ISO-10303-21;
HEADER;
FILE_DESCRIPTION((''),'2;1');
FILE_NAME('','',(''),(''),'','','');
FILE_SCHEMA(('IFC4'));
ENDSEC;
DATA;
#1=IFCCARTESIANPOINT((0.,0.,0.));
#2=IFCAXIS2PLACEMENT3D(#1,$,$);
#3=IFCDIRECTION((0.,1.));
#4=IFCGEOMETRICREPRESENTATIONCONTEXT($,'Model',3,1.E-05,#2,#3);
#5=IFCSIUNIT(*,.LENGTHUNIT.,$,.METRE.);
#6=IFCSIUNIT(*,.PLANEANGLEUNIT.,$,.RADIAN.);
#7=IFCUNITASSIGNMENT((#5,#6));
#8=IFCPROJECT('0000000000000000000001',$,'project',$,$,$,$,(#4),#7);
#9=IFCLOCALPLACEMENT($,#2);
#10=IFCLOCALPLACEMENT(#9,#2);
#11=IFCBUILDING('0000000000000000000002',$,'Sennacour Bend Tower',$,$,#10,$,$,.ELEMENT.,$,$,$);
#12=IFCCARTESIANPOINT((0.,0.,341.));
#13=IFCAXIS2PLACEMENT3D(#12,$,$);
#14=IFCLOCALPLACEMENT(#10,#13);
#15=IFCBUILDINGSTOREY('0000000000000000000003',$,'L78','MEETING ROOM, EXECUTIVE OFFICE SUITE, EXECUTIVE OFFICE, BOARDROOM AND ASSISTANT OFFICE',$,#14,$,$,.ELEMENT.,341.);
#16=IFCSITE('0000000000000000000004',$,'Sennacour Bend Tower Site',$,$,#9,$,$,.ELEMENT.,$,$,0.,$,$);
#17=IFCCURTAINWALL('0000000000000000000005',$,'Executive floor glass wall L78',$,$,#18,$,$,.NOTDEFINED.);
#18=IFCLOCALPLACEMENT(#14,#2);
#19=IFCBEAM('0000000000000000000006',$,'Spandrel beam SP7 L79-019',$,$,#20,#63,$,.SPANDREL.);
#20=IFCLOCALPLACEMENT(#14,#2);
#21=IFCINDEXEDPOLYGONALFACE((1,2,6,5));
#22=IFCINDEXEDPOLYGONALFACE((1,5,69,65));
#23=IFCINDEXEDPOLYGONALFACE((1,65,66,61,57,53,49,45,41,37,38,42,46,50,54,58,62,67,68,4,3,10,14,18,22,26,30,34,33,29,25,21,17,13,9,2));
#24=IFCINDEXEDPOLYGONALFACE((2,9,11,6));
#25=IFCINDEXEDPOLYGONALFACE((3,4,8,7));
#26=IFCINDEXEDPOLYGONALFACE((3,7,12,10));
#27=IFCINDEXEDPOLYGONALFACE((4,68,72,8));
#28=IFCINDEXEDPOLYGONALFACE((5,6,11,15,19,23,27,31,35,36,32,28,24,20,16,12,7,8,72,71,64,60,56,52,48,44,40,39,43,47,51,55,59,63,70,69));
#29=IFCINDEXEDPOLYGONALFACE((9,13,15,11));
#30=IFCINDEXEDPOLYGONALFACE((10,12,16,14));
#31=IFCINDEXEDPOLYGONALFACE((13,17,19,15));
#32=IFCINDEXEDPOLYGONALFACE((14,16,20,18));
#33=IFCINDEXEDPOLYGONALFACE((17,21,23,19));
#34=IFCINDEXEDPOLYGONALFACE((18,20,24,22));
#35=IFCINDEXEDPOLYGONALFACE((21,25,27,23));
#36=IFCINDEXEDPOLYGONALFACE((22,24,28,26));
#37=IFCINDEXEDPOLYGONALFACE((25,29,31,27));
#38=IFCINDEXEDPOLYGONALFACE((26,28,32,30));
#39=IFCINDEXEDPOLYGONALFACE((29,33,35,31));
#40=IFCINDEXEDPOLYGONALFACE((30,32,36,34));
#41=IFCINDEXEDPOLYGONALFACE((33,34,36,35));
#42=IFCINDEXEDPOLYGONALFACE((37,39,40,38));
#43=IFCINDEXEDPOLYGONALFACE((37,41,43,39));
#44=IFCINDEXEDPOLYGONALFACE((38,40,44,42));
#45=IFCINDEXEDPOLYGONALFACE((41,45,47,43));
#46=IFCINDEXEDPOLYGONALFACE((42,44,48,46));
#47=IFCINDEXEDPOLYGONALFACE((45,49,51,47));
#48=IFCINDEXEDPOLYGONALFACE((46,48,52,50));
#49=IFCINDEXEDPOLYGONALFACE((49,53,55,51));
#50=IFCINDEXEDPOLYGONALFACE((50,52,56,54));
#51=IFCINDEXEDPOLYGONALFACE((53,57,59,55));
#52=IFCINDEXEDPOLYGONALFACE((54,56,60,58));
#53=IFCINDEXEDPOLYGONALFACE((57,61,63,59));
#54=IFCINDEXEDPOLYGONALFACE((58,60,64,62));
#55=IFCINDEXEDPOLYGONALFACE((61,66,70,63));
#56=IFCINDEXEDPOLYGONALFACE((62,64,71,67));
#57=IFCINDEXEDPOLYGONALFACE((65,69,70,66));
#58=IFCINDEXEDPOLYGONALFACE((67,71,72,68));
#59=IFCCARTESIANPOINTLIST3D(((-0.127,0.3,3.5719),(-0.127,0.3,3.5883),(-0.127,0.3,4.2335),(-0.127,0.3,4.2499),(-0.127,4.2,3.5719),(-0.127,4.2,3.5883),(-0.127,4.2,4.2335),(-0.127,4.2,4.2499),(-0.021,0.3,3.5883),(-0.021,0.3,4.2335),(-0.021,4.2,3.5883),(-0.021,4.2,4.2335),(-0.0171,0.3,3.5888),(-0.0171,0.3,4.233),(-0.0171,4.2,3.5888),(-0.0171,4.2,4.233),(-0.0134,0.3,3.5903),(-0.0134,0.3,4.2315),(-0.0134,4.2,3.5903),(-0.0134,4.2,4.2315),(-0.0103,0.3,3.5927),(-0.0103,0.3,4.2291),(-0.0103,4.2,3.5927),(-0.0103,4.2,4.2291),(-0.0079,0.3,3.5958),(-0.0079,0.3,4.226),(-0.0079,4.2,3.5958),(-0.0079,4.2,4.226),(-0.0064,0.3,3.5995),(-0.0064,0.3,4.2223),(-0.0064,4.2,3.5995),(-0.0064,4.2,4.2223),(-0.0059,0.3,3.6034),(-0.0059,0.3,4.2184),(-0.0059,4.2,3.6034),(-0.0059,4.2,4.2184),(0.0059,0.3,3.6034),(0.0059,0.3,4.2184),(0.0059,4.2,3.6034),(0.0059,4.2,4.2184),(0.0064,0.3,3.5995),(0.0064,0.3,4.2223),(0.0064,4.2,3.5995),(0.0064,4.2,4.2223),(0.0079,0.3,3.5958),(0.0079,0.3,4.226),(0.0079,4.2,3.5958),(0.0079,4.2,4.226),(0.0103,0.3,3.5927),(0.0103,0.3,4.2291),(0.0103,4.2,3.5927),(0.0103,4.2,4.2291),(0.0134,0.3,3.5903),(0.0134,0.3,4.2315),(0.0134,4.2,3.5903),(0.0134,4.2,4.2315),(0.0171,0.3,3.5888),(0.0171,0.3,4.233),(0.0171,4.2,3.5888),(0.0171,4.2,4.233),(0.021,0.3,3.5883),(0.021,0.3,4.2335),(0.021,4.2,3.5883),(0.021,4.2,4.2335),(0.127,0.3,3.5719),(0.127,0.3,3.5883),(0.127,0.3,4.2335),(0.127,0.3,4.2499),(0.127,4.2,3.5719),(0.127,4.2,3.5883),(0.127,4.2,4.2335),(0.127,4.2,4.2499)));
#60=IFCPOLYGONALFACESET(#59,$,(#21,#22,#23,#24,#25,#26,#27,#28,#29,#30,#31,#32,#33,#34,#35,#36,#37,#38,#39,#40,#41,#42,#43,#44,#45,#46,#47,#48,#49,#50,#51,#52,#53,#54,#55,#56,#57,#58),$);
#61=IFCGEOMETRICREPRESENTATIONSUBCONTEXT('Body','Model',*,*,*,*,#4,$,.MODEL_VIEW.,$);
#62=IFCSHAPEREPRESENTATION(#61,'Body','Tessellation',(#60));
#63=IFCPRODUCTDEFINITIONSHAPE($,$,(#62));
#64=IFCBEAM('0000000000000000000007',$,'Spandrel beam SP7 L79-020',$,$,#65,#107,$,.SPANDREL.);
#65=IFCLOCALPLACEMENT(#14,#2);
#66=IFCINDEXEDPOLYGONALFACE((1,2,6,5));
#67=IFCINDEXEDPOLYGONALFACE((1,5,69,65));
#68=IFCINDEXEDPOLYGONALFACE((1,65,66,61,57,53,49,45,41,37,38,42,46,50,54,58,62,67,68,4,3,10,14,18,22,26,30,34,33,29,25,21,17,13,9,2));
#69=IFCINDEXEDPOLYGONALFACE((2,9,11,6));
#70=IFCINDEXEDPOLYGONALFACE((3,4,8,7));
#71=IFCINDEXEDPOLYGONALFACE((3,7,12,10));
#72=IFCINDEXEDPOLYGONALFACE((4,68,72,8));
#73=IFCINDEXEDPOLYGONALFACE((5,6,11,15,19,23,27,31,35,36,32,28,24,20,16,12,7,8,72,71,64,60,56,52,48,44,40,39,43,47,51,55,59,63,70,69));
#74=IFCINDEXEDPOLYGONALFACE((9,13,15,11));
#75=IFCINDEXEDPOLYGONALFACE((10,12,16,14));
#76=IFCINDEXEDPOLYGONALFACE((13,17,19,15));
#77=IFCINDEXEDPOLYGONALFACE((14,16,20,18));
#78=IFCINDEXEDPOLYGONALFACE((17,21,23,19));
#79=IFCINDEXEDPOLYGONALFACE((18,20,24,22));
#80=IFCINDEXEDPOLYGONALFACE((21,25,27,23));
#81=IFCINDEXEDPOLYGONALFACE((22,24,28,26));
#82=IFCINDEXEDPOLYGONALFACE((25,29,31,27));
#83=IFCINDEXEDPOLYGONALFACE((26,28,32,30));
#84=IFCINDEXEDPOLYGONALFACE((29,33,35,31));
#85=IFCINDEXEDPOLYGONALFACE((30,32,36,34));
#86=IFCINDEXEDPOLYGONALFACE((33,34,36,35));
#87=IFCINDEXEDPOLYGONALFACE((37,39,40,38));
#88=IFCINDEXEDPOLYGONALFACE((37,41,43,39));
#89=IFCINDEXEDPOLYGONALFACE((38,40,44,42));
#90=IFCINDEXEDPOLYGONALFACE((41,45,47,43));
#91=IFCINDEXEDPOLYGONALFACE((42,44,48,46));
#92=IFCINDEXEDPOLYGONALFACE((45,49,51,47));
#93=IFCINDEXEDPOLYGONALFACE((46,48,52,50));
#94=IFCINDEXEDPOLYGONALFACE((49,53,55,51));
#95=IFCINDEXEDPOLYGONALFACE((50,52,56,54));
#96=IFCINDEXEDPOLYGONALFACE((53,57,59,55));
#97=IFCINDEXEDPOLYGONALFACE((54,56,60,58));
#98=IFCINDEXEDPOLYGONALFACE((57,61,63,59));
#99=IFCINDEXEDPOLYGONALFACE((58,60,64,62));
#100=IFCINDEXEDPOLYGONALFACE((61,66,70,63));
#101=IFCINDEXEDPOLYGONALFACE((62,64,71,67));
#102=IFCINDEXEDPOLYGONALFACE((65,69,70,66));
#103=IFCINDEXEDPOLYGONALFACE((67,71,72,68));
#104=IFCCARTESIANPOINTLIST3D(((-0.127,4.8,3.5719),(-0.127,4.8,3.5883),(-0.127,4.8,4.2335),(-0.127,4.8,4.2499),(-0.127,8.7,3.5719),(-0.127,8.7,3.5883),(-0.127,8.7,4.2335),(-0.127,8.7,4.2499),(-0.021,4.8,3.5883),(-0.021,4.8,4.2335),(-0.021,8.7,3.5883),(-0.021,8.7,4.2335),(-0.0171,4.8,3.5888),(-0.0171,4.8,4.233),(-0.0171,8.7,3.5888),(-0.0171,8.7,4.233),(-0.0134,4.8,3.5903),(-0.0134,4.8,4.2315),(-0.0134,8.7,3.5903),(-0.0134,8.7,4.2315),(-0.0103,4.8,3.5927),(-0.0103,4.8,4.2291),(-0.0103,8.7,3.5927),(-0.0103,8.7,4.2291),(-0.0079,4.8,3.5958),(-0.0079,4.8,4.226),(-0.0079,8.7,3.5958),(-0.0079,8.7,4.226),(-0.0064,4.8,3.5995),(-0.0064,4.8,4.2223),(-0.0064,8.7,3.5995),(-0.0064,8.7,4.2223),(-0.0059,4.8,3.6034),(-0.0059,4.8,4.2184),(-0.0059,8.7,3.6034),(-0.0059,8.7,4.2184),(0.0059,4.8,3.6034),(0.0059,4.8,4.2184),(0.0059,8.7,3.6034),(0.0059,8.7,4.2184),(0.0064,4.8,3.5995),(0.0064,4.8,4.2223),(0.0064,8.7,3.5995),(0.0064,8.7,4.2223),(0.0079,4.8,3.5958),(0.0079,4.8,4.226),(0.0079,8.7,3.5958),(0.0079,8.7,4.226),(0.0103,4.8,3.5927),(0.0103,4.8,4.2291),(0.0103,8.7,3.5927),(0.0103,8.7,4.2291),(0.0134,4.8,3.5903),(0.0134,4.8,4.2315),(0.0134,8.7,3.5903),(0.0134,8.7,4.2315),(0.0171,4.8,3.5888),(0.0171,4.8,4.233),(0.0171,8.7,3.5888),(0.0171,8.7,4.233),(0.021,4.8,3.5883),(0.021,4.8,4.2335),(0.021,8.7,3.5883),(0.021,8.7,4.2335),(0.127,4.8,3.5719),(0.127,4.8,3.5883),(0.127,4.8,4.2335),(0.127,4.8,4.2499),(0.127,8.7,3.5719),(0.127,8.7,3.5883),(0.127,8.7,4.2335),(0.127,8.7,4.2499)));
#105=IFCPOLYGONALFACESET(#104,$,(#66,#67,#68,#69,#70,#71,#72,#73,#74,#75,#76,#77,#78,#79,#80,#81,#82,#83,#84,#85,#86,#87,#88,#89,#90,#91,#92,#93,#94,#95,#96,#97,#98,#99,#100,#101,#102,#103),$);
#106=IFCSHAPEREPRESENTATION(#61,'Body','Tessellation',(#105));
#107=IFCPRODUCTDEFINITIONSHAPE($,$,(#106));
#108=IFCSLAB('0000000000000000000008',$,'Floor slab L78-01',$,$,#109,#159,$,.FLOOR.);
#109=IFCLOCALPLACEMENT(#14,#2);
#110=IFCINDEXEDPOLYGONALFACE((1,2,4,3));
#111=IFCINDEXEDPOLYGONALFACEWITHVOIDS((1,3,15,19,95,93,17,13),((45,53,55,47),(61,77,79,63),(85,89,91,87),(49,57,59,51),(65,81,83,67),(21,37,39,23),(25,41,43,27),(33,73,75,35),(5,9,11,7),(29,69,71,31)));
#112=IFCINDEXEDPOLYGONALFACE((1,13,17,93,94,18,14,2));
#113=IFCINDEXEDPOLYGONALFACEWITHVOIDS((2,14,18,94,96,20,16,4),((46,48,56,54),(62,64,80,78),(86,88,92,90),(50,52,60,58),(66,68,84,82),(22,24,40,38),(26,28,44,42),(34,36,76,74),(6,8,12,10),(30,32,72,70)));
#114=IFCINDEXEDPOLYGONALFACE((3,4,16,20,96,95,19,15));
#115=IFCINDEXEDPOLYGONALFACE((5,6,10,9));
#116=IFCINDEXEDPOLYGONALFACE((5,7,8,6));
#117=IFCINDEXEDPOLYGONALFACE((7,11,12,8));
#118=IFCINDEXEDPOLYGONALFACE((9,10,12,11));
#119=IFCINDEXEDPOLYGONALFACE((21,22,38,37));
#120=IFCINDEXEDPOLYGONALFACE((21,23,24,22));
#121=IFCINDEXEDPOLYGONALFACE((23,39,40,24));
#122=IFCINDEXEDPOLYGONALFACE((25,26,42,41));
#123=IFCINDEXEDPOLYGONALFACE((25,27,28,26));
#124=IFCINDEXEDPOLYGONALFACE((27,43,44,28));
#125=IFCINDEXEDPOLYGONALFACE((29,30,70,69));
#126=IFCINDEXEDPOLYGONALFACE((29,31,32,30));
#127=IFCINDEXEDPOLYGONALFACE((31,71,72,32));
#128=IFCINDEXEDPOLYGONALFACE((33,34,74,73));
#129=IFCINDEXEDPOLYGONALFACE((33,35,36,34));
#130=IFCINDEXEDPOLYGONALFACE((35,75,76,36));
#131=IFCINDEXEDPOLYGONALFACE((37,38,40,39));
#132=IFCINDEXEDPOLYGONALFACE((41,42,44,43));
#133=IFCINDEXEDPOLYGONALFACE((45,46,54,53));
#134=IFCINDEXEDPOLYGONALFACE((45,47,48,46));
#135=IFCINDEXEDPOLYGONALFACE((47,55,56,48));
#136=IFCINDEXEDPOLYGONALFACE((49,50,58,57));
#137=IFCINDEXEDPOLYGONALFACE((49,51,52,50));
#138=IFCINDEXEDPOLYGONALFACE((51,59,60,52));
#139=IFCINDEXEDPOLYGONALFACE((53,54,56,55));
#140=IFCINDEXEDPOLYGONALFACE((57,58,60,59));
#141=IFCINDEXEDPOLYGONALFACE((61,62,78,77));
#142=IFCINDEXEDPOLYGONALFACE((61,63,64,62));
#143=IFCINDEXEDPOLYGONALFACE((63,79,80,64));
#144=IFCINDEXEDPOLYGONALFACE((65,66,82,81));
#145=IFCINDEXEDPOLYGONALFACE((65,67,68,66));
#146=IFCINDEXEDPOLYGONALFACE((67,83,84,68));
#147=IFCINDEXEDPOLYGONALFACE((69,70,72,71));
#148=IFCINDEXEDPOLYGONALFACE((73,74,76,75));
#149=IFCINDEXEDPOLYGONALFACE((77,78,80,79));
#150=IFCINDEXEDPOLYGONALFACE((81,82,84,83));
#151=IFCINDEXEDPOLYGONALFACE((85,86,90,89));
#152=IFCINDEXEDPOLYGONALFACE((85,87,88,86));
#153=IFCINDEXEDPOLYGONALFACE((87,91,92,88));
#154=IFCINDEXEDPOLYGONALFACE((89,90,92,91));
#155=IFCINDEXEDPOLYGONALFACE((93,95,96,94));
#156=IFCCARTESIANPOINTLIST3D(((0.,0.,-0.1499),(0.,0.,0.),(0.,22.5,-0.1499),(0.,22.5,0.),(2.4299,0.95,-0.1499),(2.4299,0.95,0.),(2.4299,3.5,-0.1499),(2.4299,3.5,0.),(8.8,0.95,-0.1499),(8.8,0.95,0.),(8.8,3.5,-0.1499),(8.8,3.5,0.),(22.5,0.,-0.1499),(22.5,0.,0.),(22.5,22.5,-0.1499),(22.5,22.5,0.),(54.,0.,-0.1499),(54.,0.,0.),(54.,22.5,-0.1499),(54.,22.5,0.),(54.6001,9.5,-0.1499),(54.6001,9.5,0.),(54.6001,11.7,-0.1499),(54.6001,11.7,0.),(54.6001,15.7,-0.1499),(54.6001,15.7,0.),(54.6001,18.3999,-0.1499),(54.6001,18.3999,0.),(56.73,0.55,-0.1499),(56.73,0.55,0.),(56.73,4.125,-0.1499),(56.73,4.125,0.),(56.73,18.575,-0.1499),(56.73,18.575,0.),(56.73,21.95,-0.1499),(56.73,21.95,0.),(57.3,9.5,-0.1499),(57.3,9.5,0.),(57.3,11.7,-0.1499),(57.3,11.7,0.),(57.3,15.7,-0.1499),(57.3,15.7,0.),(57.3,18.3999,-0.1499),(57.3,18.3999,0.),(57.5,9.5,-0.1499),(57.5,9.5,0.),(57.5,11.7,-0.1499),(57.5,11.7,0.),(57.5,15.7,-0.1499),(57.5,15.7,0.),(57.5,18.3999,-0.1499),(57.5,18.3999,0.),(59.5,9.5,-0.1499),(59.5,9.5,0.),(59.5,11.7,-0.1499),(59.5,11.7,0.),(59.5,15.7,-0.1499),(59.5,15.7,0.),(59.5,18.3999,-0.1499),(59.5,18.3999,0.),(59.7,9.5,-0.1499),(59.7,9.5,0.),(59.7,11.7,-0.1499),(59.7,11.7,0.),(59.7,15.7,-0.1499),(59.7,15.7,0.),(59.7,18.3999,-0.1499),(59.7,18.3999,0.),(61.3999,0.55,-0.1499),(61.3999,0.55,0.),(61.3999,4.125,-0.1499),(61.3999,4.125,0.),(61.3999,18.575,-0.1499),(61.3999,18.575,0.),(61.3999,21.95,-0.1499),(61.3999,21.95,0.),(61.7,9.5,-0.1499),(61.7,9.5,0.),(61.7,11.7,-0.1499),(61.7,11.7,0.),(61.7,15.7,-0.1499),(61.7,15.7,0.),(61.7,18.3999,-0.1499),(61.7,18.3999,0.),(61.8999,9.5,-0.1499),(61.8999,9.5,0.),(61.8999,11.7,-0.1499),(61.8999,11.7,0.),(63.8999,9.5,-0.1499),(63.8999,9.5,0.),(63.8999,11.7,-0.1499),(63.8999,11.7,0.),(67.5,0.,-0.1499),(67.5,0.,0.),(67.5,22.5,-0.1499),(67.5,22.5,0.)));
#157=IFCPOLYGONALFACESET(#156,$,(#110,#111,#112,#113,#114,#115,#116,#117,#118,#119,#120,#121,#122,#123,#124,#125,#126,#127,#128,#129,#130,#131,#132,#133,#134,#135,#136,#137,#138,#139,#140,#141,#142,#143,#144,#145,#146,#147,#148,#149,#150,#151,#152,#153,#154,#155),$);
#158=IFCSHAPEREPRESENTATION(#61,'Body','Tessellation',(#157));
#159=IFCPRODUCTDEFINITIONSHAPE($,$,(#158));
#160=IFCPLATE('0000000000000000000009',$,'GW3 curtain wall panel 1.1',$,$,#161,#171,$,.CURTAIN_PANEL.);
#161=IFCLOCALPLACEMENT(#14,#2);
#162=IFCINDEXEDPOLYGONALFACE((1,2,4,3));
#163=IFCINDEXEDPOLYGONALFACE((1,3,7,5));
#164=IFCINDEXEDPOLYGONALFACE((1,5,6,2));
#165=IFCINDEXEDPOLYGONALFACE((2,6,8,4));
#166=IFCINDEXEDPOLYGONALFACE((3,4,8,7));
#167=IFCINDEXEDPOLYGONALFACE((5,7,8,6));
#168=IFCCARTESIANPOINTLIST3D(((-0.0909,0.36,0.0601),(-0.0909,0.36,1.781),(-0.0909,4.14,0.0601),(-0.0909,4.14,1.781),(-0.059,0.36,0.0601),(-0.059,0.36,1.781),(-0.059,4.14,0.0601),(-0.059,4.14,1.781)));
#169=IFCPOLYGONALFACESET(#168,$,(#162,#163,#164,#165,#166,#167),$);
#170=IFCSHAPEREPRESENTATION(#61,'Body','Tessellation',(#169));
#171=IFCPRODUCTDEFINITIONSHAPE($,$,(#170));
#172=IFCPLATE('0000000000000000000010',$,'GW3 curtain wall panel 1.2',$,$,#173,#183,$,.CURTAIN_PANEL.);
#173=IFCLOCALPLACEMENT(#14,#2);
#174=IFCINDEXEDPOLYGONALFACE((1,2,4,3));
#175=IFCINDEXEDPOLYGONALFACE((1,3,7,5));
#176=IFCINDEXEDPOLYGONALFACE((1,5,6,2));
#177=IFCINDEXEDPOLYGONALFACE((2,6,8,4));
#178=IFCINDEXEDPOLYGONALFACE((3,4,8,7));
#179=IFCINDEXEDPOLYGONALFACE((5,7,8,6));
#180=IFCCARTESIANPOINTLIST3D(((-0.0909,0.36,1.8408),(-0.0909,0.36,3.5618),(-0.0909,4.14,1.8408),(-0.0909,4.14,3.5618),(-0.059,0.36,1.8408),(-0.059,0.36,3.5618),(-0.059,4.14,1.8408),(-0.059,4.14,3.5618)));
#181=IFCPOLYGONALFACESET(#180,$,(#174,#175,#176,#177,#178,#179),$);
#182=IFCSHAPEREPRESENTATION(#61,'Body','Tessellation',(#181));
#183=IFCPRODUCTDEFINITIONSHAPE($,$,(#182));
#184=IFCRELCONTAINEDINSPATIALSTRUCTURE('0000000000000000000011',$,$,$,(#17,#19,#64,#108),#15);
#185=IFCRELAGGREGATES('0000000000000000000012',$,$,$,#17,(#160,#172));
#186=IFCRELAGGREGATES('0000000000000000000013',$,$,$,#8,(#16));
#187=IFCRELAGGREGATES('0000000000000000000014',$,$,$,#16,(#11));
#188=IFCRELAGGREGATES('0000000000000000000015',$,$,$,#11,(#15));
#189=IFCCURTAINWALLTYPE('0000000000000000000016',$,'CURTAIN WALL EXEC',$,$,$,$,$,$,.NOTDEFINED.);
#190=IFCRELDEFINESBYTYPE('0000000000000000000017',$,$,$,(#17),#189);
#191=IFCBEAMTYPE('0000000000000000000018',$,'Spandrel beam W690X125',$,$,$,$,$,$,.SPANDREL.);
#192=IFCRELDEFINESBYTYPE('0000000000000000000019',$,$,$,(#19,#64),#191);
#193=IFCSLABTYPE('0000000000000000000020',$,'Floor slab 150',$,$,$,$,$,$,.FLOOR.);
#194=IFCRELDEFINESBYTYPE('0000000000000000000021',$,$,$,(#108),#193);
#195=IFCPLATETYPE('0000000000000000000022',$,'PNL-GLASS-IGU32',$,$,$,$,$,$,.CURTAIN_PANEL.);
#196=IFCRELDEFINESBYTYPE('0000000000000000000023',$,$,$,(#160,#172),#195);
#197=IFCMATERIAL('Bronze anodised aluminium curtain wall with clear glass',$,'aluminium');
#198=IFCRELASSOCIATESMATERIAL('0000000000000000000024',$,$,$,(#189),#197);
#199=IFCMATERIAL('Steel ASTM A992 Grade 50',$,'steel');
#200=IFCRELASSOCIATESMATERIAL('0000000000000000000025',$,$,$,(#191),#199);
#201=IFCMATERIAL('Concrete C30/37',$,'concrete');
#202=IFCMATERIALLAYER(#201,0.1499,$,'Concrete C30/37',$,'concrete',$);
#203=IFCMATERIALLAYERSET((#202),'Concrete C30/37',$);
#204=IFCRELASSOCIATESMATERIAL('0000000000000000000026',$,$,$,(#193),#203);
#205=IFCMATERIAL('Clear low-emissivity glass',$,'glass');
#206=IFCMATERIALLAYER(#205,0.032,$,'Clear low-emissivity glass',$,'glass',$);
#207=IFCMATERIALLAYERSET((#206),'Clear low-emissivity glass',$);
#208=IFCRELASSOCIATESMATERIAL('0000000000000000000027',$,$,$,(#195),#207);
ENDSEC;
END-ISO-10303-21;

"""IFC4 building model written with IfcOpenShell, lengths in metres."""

from ifc_helpers import new_model, si_unit, direction, frame, origin, origin_2d, place, context, subcontext, project, spatial, polyline, rectangle, i_section, outline, extrude, material, layer, layer_set, material_profile, profile_set, type_object, element, aggregate, save


model = new_model("IFC4")

# Units and contexts
model_context = context("Model", 3, precision=1e-05, world=origin(), true_north=direction((0.0, 1.0)))
body_context = subcontext(model_context, "Body", "Model", "MODEL_VIEW")
ifc_project = project(units=[si_unit("LENGTHUNIT", "METRE"), si_unit("PLANEANGLEUNIT", "RADIAN")], contexts=[model_context])

# Site, building, storey
site_placement = place(None, origin())
site = spatial("IfcSite", under=ifc_project, at=site_placement, Name="Sennacour Bend Tower Site", CompositionType="ELEMENT", RefElevation=0.0)
building_placement = place(site_placement, origin())
building = spatial("IfcBuilding", under=site, at=building_placement, Name="Sennacour Bend Tower", CompositionType="ELEMENT")
storey_placement = place(building_placement, frame((0.0, 0.0, 341.0)))
storey = spatial("IfcBuildingStorey", under=building, at=storey_placement, Name="L78", Description="MEETING ROOM, EXECUTIVE OFFICE SUITE, EXECUTIVE OFFICE, BOARDROOM AND ASSISTANT OFFICE", CompositionType="ELEMENT", Elevation=341.0)

# Shared definitions
ifc_material_1 = material(Name="Bronze anodised aluminium curtain wall with clear glass", Category="aluminium")
curtain_wall_type = type_object("IfcCurtainWallType", Name="CURTAIN WALL EXEC", PredefinedType="NOTDEFINED", material=ifc_material_1)

# Curtain wall
curtain_wall_1_placement = place(storey_placement, origin())
curtain_wall_1 = element("IfcCurtainWall", 1, at=curtain_wall_1_placement, inside=storey, type_object=curtain_wall_type, Name="Executive floor glass wall L78", PredefinedType="NOTDEFINED")

# Beams
ifc_material_2 = material(Name="Steel ASTM A992 Grade 50", Category="steel")
ifc_material_profile_1 = material_profile(ifc_material_2, i_section(OverallWidth=0.2539, OverallDepth=0.678, WebThickness=0.0117, FlangeThickness=0.0164, FilletRadius=0.0151, at=origin_2d()), Name="Steel ASTM A992 Grade 50", Category="steel")
ifc_profile_set_1 = profile_set([ifc_material_profile_1], Name="Steel ASTM A992 Grade 50")
beam_type = type_object("IfcBeamType", Name="Spandrel beam W690X125", PredefinedType="SPANDREL", material=ifc_profile_set_1)
for number, where, z_axis, x_axis, name in (
    (2, (0.0, 0.3, 3.9109), (0.0, 1.0, 0.0), (-1.0, 0.0, 0.0), "Spandrel beam SP7 L79-019"),
    (3, (0.0, 4.8, 3.9109), (0.0, 1.0, 0.0), (-1.0, 0.0, 0.0), "Spandrel beam SP7 L79-020"),
):
    element("IfcBeam", number, at=place(storey_placement, frame(where, z_axis=z_axis, x_axis=x_axis)), inside=storey, type_object=beam_type, Name=name, PredefinedType="SPANDREL", context=body_context, shape_type="SweptSolid", body=[
        extrude(i_section(OverallWidth=0.2539, OverallDepth=0.678, WebThickness=0.0117, FlangeThickness=0.0164, FilletRadius=0.0151, at=origin_2d()), origin(), (0.0, 0.0, 1.0), 3.8999),
    ])

# Slab
ifc_material_3 = material(Name="Concrete C30/37", Category="concrete")
ifc_layer_1 = layer(ifc_material_3, 0.1499, Name="Concrete C30/37", Category="concrete")
ifc_layer_set_1 = layer_set([ifc_layer_1], Name="Concrete C30/37")
slab_type_1 = type_object("IfcSlabType", Name="Floor slab 150", PredefinedType="FLOOR", material=ifc_layer_set_1)
slab_1_placement = place(storey_placement, frame((0.0, 0.0, -0.1499)))
element("IfcSlab", 4, at=slab_1_placement, inside=storey, type_object=slab_type_1, Name="Floor slab L78-01", PredefinedType="FLOOR", context=body_context, shape_type="SweptSolid", body=[
    extrude(outline(polyline([(0.0, 22.5), (22.5, 22.5), (54.0, 22.5), (67.5, 22.5), (67.5, 0.0), (54.0, 0.0), (22.5, 0.0), (0.0, 0.0), (0.0, 22.5)]), holes=[polyline([(8.8, 3.5), (2.4299, 3.5), (2.4299, 0.95), (8.8, 0.95), (8.8, 3.5)]), polyline([(61.3999, 4.125), (56.73, 4.125), (56.73, 0.55), (61.3999, 0.55), (61.3999, 4.125)]), polyline([(57.3, 11.7), (54.6001, 11.7), (54.6001, 9.5), (57.3, 9.5), (57.3, 11.7)]), polyline([(59.5, 9.5), (59.5, 11.7), (57.5, 11.7), (57.5, 9.5), (59.5, 9.5)]), polyline([(61.7, 9.5), (61.7, 11.7), (59.7, 11.7), (59.7, 9.5), (61.7, 9.5)]), polyline([(63.8999, 11.7), (61.8999, 11.7), (61.8999, 9.5), (63.8999, 9.5), (63.8999, 11.7)]), polyline([(57.3, 18.3999), (54.6001, 18.3999), (54.6001, 15.7), (57.3, 15.7), (57.3, 18.3999)]), polyline([(59.5, 18.3999), (57.5, 18.3999), (57.5, 15.7), (59.5, 15.7), (59.5, 18.3999)]), polyline([(61.7, 15.7), (61.7, 18.3999), (59.7, 18.3999), (59.7, 15.7), (61.7, 15.7)]), polyline([(61.3999, 18.575), (61.3999, 21.95), (56.73, 21.95), (56.73, 18.575), (61.3999, 18.575)])]), origin(), (0.0, 0.0, 1.0), 0.1499),
])

# Plates
ifc_material_4 = material(Name="Clear low-emissivity glass", Category="glass")
ifc_layer_2 = layer(ifc_material_4, 0.032, Name="Clear low-emissivity glass", Category="glass")
ifc_layer_set_2 = layer_set([ifc_layer_2], Name="Clear low-emissivity glass")
plate_type = type_object("IfcPlateType", Name="PNL-GLASS-IGU32", PredefinedType="CURTAIN_PANEL", material=ifc_layer_set_2)
plate_1_placement = place(storey_placement, frame((-0.075, 2.25, 0.0601), z_axis=(0.0, 0.0, 1.0), x_axis=(0.0, -1.0, 0.0)))
plate_1 = element("IfcPlate", 5, at=plate_1_placement, type_object=plate_type, Name="GW3 curtain wall panel 1.1", PredefinedType="CURTAIN_PANEL", context=body_context, shape_type="SweptSolid", body=[
    extrude(rectangle(XDim=3.78, YDim=0.032, at=origin_2d()), origin(), (0.0, 0.0, 1.0), 1.7209),
])
plate_2_placement = place(storey_placement, frame((-0.075, 2.25, 1.8408), z_axis=(0.0, 0.0, 1.0), x_axis=(0.0, -1.0, 0.0)))
plate_2 = element("IfcPlate", 6, at=plate_2_placement, type_object=plate_type, Name="GW3 curtain wall panel 1.2", PredefinedType="CURTAIN_PANEL", context=body_context, shape_type="SweptSolid", body=[
    extrude(rectangle(XDim=3.78, YDim=0.032, at=origin_2d()), origin(), (0.0, 0.0, 1.0), 1.7209),
])
aggregate(curtain_wall_1, [plate_1, plate_2])

save(model, "model.ifc")
